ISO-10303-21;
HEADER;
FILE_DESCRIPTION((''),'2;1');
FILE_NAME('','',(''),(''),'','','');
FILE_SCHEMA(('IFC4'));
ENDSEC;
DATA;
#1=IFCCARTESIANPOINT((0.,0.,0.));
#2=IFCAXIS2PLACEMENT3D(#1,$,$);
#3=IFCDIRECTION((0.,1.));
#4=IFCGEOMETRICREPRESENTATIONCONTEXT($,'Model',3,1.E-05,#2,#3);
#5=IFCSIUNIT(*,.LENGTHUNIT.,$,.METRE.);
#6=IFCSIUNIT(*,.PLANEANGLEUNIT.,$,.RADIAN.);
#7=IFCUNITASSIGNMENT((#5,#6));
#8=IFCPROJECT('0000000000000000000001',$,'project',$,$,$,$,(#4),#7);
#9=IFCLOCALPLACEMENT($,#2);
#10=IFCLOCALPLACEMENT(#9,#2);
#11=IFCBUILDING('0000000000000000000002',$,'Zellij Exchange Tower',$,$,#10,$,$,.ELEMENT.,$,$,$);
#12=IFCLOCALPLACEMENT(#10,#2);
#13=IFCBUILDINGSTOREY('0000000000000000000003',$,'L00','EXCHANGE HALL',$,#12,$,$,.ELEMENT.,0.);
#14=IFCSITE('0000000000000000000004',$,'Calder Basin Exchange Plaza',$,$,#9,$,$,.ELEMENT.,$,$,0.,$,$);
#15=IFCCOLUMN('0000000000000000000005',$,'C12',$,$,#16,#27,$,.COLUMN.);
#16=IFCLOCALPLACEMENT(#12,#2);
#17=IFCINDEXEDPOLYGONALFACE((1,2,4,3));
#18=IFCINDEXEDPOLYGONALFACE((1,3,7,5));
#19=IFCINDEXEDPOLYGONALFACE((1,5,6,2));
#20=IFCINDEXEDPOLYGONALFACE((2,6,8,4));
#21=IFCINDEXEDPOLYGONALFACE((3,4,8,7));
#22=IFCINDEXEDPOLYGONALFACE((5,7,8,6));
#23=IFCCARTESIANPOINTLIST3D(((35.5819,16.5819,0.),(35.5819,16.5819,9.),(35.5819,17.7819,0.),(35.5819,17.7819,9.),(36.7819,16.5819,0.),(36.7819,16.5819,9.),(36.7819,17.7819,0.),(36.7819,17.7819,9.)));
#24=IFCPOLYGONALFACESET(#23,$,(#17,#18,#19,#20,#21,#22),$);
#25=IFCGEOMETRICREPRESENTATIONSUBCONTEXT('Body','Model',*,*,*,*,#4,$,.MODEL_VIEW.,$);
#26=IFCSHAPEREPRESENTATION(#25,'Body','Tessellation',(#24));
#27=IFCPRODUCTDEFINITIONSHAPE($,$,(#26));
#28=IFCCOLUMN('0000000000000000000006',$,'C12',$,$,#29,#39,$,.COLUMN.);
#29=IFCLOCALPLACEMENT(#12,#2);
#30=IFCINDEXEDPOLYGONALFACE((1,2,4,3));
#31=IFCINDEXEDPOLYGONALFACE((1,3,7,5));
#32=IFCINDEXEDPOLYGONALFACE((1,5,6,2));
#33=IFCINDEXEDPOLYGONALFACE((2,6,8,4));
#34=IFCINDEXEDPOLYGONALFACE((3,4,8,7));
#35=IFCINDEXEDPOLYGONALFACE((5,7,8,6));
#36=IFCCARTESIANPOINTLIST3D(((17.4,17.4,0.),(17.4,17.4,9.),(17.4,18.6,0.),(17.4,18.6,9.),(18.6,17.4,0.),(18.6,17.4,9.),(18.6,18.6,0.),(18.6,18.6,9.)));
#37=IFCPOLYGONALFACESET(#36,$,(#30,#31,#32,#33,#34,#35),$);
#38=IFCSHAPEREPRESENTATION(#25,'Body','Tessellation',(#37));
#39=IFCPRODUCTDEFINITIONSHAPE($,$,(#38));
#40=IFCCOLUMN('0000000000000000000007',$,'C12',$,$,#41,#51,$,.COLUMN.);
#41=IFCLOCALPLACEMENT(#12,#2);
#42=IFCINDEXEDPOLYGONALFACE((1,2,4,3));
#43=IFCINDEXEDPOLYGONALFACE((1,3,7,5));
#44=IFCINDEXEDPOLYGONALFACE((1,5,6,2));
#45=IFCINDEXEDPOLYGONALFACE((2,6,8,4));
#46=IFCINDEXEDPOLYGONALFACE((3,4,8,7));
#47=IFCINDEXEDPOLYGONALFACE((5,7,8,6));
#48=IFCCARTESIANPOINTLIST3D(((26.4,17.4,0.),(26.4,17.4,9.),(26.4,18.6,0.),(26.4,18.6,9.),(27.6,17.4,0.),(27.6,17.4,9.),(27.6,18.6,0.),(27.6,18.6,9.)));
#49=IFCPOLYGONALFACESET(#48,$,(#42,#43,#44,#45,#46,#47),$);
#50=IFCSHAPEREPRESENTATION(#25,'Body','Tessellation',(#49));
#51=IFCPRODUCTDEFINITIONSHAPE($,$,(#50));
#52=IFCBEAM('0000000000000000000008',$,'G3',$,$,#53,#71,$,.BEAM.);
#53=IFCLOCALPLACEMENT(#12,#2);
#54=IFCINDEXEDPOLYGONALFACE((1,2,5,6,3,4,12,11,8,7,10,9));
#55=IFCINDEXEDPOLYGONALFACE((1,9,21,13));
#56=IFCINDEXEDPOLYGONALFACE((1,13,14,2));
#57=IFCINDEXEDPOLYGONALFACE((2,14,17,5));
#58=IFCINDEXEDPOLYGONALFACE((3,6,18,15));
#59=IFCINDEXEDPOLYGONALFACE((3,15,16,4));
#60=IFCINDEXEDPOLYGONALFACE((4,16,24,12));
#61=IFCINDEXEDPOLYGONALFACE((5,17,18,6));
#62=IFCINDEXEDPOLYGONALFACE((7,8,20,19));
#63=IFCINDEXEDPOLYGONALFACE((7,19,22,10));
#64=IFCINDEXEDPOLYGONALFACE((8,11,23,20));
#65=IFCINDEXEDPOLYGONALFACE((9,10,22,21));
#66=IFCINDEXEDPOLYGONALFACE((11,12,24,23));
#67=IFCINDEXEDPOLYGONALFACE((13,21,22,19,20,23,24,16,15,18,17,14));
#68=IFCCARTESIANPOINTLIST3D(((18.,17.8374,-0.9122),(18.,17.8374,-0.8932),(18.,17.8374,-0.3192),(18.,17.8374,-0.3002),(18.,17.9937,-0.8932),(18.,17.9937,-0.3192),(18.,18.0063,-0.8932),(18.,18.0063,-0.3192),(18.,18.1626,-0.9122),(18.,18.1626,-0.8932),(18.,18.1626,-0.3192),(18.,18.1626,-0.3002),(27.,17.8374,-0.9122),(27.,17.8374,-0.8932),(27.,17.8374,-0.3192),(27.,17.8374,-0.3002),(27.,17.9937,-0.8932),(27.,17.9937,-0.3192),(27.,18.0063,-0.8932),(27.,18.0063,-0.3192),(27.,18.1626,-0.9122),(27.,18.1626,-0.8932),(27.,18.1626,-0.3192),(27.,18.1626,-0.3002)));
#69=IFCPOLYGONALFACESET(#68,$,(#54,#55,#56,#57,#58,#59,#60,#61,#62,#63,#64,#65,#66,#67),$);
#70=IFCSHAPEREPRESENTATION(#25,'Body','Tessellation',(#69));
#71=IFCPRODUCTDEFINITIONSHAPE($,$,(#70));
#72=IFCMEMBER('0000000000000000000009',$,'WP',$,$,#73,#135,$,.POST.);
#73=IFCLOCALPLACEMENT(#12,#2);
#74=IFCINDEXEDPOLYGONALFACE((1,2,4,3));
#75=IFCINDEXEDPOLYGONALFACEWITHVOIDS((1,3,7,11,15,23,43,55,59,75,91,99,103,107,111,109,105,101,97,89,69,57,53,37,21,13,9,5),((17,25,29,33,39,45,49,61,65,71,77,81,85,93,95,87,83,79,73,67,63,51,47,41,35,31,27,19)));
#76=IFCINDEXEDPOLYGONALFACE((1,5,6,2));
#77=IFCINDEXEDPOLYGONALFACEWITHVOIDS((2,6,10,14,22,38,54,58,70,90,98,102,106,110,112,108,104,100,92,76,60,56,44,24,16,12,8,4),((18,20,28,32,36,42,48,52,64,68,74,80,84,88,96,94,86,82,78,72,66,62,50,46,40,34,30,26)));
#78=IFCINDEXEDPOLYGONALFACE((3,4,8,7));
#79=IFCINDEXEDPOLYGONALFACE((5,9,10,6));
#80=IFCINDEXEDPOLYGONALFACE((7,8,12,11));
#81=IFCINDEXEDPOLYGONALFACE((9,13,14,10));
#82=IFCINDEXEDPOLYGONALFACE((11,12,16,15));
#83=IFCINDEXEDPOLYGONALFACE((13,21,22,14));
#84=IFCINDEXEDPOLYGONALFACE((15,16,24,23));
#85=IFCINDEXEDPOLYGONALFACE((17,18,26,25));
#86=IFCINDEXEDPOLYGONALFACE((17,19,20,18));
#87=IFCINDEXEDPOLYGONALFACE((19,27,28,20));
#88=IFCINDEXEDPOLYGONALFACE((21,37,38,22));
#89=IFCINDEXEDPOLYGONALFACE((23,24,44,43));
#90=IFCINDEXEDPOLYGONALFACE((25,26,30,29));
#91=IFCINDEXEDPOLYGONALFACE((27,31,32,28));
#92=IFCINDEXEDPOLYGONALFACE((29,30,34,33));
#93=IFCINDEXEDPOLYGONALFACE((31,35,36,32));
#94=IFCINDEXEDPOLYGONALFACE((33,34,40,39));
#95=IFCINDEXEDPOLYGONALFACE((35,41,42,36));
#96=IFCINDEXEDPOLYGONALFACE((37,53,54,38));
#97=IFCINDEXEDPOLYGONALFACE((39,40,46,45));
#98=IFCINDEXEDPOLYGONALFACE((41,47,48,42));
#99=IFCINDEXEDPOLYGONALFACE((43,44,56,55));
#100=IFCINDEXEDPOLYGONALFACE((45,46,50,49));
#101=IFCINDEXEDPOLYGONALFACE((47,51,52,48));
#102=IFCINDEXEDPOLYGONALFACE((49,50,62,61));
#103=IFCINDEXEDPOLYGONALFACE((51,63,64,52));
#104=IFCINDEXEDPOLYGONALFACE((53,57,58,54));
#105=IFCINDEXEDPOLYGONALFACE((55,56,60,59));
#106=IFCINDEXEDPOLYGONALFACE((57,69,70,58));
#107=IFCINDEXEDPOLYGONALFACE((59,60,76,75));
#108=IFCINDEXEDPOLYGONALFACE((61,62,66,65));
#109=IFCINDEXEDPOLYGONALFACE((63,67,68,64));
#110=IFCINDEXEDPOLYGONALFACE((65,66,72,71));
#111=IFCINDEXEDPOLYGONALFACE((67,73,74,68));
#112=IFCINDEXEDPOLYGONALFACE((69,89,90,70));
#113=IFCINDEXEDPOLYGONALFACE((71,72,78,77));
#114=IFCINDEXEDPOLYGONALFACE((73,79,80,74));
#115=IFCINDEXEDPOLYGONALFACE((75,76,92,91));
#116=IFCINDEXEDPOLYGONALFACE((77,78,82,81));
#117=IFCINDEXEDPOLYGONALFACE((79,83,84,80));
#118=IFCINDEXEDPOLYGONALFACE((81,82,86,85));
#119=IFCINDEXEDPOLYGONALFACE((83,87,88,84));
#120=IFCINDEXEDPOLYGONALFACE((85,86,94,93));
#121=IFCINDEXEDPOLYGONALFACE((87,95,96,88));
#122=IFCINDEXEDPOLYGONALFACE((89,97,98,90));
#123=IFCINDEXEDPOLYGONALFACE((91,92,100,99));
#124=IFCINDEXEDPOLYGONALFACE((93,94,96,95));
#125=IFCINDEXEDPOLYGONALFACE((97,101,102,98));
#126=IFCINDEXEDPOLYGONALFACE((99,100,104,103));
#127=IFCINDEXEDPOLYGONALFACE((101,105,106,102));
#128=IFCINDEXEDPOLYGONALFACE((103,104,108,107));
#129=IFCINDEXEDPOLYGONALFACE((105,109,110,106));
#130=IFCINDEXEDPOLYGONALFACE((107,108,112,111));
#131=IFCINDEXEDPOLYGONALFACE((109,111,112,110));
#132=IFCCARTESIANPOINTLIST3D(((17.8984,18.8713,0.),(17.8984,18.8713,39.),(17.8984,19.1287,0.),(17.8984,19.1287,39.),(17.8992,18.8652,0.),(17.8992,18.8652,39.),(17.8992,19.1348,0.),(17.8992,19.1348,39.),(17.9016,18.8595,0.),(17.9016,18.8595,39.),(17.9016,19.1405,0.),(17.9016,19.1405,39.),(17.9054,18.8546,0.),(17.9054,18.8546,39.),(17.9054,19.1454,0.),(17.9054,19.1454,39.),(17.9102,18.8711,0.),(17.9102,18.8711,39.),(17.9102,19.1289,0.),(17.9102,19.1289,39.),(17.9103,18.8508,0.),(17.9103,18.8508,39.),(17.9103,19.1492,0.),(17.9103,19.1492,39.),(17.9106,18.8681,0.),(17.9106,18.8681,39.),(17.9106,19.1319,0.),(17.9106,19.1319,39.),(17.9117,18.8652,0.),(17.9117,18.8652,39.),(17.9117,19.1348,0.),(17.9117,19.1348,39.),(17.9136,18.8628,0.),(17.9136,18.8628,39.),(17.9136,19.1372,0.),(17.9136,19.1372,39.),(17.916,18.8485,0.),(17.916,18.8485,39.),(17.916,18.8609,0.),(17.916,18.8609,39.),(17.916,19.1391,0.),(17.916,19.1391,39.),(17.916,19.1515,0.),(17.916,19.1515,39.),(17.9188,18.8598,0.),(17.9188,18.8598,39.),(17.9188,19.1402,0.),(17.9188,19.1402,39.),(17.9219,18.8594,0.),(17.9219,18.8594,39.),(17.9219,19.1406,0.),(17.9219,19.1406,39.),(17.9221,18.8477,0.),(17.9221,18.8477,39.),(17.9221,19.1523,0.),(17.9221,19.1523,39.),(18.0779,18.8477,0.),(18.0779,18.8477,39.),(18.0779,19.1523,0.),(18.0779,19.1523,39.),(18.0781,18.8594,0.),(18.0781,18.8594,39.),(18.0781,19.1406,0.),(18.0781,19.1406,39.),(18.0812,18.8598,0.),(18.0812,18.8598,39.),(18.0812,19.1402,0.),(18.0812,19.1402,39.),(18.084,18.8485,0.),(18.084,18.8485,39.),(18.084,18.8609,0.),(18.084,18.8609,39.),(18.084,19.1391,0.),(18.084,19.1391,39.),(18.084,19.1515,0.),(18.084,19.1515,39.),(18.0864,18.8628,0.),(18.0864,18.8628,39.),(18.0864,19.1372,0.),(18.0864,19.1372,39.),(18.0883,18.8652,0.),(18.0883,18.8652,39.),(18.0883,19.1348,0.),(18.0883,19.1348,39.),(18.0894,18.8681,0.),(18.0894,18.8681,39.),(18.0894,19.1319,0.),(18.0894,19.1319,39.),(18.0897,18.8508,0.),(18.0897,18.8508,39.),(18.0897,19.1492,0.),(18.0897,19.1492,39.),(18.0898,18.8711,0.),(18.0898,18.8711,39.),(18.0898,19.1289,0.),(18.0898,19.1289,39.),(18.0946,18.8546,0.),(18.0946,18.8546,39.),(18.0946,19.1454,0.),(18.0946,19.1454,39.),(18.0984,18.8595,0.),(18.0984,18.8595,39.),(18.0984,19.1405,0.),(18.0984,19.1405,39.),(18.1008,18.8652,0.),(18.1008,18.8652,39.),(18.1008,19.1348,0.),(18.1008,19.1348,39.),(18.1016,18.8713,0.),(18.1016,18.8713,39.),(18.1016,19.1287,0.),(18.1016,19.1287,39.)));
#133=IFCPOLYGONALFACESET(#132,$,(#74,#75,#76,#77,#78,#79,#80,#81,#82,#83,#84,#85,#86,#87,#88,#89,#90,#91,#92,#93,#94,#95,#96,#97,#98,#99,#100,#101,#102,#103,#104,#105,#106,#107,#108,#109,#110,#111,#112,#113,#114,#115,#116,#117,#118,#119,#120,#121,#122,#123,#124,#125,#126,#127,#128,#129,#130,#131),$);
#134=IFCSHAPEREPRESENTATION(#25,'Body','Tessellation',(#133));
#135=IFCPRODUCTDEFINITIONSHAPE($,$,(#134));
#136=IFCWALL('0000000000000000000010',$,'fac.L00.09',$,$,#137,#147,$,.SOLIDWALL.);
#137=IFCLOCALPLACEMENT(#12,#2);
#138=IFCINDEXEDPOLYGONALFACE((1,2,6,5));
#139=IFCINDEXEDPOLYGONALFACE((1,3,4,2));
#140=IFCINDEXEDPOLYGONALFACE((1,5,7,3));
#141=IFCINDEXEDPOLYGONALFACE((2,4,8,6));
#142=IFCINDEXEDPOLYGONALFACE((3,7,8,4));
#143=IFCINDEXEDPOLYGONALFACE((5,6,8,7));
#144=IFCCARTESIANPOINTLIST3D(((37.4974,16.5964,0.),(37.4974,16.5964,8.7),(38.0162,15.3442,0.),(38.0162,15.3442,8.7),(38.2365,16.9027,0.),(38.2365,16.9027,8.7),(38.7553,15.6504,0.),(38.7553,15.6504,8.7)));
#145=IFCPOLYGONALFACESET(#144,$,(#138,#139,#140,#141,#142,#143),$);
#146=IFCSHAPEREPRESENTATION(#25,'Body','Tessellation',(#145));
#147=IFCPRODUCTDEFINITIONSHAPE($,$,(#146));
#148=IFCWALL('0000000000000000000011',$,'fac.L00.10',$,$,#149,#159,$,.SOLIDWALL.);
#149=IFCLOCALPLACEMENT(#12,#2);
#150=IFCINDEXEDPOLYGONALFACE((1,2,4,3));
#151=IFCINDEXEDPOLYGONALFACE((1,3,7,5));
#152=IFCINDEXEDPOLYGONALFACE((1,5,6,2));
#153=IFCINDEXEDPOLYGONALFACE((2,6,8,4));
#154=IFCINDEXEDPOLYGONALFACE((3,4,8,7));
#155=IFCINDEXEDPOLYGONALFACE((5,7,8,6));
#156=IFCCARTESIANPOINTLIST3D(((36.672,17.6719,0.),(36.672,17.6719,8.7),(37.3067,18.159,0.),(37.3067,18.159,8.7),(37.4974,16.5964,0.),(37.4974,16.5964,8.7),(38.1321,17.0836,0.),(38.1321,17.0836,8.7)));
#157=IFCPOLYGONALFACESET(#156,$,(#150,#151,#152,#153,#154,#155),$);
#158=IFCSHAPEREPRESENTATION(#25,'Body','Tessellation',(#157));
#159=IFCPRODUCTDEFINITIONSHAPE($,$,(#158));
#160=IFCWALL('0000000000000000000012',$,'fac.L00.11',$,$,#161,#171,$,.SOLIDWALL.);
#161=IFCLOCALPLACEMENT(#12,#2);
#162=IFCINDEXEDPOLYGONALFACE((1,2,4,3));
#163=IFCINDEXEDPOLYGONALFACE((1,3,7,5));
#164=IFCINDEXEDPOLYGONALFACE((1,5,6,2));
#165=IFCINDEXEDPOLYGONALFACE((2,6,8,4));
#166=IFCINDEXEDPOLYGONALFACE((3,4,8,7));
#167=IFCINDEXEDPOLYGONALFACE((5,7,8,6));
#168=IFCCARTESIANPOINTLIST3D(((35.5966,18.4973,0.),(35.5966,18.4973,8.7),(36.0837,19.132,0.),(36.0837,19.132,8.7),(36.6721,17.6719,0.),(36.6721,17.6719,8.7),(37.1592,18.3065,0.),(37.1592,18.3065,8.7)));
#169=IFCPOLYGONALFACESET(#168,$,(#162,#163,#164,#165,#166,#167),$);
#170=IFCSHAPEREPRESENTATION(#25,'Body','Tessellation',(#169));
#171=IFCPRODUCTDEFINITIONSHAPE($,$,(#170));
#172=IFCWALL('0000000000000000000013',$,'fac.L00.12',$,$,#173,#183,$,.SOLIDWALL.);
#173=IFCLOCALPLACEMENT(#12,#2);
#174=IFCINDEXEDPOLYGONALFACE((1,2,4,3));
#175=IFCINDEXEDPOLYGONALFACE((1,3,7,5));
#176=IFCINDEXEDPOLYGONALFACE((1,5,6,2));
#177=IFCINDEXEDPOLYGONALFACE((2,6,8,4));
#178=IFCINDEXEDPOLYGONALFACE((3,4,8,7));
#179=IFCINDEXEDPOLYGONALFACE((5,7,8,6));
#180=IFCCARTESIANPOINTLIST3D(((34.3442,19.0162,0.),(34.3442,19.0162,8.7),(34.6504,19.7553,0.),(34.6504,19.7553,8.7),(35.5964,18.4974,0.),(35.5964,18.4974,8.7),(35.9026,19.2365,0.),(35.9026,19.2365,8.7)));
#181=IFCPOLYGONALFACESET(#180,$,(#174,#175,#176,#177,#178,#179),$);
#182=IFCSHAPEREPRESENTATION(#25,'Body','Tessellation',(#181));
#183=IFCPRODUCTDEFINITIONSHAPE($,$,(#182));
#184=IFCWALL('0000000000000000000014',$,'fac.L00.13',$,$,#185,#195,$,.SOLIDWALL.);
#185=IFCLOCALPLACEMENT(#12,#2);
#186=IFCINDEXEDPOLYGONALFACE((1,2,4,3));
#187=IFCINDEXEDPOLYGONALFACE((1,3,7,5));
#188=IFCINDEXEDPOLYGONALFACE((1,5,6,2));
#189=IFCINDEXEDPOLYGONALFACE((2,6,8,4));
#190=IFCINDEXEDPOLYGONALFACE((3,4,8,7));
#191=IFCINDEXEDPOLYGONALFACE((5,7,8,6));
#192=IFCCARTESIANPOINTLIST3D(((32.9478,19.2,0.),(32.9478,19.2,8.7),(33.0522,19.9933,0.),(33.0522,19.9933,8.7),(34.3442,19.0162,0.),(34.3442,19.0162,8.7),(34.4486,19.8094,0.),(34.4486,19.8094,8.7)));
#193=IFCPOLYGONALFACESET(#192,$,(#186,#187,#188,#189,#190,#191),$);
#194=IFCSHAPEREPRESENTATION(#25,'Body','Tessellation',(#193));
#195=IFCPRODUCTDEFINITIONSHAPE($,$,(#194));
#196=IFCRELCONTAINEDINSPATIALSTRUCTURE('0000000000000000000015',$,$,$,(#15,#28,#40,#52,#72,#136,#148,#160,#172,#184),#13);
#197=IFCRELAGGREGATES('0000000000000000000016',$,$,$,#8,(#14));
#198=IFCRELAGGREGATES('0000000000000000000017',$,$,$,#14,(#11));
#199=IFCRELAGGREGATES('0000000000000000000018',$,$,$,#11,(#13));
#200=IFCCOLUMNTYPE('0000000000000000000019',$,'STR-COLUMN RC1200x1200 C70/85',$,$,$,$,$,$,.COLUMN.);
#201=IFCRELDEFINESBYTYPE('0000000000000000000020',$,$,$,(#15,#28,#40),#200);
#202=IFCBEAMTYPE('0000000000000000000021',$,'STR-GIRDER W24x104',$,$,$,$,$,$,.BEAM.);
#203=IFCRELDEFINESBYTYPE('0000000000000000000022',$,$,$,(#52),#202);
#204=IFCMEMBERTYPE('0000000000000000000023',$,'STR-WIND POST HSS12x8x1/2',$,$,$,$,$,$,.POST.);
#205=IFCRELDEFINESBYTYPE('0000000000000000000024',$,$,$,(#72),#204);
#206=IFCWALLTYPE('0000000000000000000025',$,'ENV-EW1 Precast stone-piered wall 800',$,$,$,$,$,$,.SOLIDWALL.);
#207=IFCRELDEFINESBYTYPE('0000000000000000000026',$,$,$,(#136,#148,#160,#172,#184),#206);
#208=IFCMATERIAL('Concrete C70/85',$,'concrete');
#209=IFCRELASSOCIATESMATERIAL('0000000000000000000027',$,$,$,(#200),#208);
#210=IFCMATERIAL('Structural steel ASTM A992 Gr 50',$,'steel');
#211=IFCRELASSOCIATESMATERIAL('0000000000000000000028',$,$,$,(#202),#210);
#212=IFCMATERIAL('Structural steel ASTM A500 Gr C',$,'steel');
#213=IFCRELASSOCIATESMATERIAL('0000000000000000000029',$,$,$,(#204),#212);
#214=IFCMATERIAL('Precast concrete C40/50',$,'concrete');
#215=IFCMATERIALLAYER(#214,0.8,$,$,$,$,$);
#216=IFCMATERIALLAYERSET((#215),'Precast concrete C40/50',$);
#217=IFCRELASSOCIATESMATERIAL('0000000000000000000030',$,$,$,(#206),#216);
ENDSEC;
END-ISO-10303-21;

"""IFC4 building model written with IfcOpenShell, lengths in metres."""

from ifc_helpers import new_model, si_unit, direction, frame, frame_2d, origin, origin_2d, place, context, subcontext, project, spatial, rectangle, hollow_rectangle, i_section, extrude, material, layer, layer_set, material_profile, profile_set, type_object, element, save


model = new_model("IFC4")

# Units and contexts
model_context = context("Model", 3, precision=1e-05, world=origin(), true_north=direction((0.0, 1.0)))
body_context = subcontext(model_context, "Body", "Model", "MODEL_VIEW")
ifc_project = project(units=[si_unit("LENGTHUNIT", "METRE"), si_unit("PLANEANGLEUNIT", "RADIAN")], contexts=[model_context])

# Site, building, storey
site_placement = place(None, origin())
site = spatial("IfcSite", under=ifc_project, at=site_placement, Name="Calder Basin Exchange Plaza", CompositionType="ELEMENT", RefElevation=0.0)
building_placement = place(site_placement, origin())
building = spatial("IfcBuilding", under=site, at=building_placement, Name="Zellij Exchange Tower", CompositionType="ELEMENT")
storey_placement = place(building_placement, origin())
storey = spatial("IfcBuildingStorey", under=building, at=storey_placement, Name="L00", Description="EXCHANGE HALL", CompositionType="ELEMENT", Elevation=0.0)

# Columns
ifc_material_1 = material(Name="Concrete C70/85", Category="concrete")
ifc_material_profile_1 = material_profile(ifc_material_1, rectangle(XDim=1.2, YDim=1.2, at=origin_2d()), Name="STR-COLUMN RC1200x1200 C70/85")
ifc_profile_set_1 = profile_set([ifc_material_profile_1], Name="Concrete C70/85")
column_type = type_object("IfcColumnType", Name="STR-COLUMN RC1200x1200 C70/85", PredefinedType="COLUMN", material=ifc_profile_set_1)
for number, where, z_axis, x_axis, name in (
    (1, (36.1819, 17.1819, 0.0), (0.0, 0.0, 1.0), (1.0, 0.0, 0.0), "C12"),
    (2, (18.0, 18.0, 0.0), (0.0, 0.0, 1.0), (1.0, 0.0, 0.0), "C12"),
    (3, (27.0, 18.0, 0.0), (0.0, 0.0, 1.0), (1.0, 0.0, 0.0), "C12"),
):
    element("IfcColumn", number, at=place(storey_placement, frame(where, z_axis=z_axis, x_axis=x_axis)), inside=storey, type_object=column_type, Name=name, PredefinedType="COLUMN", context=body_context, shape_type="SweptSolid", body=[
        extrude(rectangle(XDim=1.2, YDim=1.2, at=origin_2d()), origin(), (0.0, 0.0, 1.0), 9.0),
    ])

# Beam
ifc_material_2 = material(Name="Structural steel ASTM A992 Gr 50", Category="steel")
ifc_material_profile_2 = material_profile(ifc_material_2, i_section(OverallWidth=0.3252, OverallDepth=0.6121, WebThickness=0.0127, FlangeThickness=0.019, at=origin_2d()), Name="W24x104")
ifc_profile_set_2 = profile_set([ifc_material_profile_2], Name="Structural steel ASTM A992 Gr 50")
beam_type = type_object("IfcBeamType", Name="STR-GIRDER W24x104", PredefinedType="BEAM", material=ifc_profile_set_2)
beam_placement = place(storey_placement, frame((18.0, 18.0, -0.6062), z_axis=(1.0, 0.0, 0.0), x_axis=(0.0, 1.0, 0.0)))
element("IfcBeam", 4, at=beam_placement, inside=storey, type_object=beam_type, Name="G3", PredefinedType="BEAM", context=body_context, shape_type="SweptSolid", body=[
    extrude(i_section(OverallWidth=0.3252, OverallDepth=0.6121, WebThickness=0.0127, FlangeThickness=0.019, at=origin_2d()), origin(), (0.0, 0.0, 1.0), 9.0),
])

# Member
ifc_material_3 = material(Name="Structural steel ASTM A500 Gr C", Category="steel")
ifc_material_profile_3 = material_profile(ifc_material_3, hollow_rectangle(XDim=0.2031, YDim=0.3047, WallThickness=0.0117, InnerFilletRadius=0.0117, OuterFilletRadius=0.0237, at=origin_2d()), Name="STR-WIND POST HSS12x8x1/2")
ifc_profile_set_3 = profile_set([ifc_material_profile_3], Name="Structural steel ASTM A500 Gr C")
member_type = type_object("IfcMemberType", Name="STR-WIND POST HSS12x8x1/2", PredefinedType="POST", material=ifc_profile_set_3)
member_placement = place(storey_placement, frame((18.0, 19.0, 0.0), z_axis=(0.0, 0.0, 1.0), x_axis=(1.0, 0.0, 0.0)))
element("IfcMember", 5, at=member_placement, inside=storey, type_object=member_type, Name="WP", PredefinedType="POST", context=body_context, shape_type="SweptSolid", body=[
    extrude(hollow_rectangle(XDim=0.2031, YDim=0.3047, WallThickness=0.0117, InnerFilletRadius=0.0117, OuterFilletRadius=0.0237, at=origin_2d()), origin(), (0.0, 0.0, 1.0), 39.0),
])

# Walls
ifc_material_4 = material(Name="Precast concrete C40/50", Category="concrete")
ifc_layer = layer(ifc_material_4, 0.8)
ifc_layer_set = layer_set([ifc_layer], Name="Precast concrete C40/50")
wall_type = type_object("IfcWallType", Name="ENV-EW1 Precast stone-piered wall 800", PredefinedType="SOLIDWALL", material=ifc_layer_set)
wall_1_placement = place(storey_placement, frame((38.3857, 15.4973, 0.0), z_axis=(0.0, 0.0, 1.0), x_axis=(-0.38276, 0.923848, 0.0)))
element("IfcWall", 6, at=wall_1_placement, inside=storey, type_object=wall_type, Name="fac.L00.09", PredefinedType="SOLIDWALL", context=body_context, shape_type="SweptSolid", body=[
    extrude(rectangle(XDim=1.3555, YDim=0.8, at=frame_2d((0.6777, 0.0))), origin(), (0.0, 0.0, 1.0), 8.7),
])
for number, where, z_axis, x_axis, name in (
    (7, (37.8147, 16.8401, 0.0), (0.0, 0.0, 1.0), (-0.608866, 0.793273, 0.0), "fac.L00.10"),
    (8, (36.9155, 17.9893, 0.0), (0.0, 0.0, 1.0), (-0.793273, 0.608866, 0.0), "fac.L00.11"),
):
    element("IfcWall", number, at=place(storey_placement, frame(where, z_axis=z_axis, x_axis=x_axis)), inside=storey, type_object=wall_type, Name=name, PredefinedType="SOLIDWALL", context=body_context, shape_type="SweptSolid", body=[
        extrude(rectangle(XDim=1.3557, YDim=0.8, at=frame_2d((0.6777, 0.0))), origin(), (0.0, 0.0, 1.0), 8.7),
    ])
wall_2_placement = place(storey_placement, frame((35.7495, 18.8669, 0.0), z_axis=(0.0, 0.0, 1.0), x_axis=(-0.923848, 0.38276, 0.0)))
element("IfcWall", 9, at=wall_2_placement, inside=storey, type_object=wall_type, Name="fac.L00.12", PredefinedType="SOLIDWALL", context=body_context, shape_type="SweptSolid", body=[
    extrude(rectangle(XDim=1.3555, YDim=0.8, at=frame_2d((0.6777, 0.0))), origin(), (0.0, 0.0, 1.0), 8.7),
])
wall_3_placement = place(storey_placement, frame((34.3962, 19.4128, 0.0), z_axis=(0.0, 0.0, 1.0), x_axis=(-0.991446, 0.130517, 0.0)))
element("IfcWall", 10, at=wall_3_placement, inside=storey, type_object=wall_type, Name="fac.L00.13", PredefinedType="SOLIDWALL", context=body_context, shape_type="SweptSolid", body=[
    extrude(rectangle(XDim=1.4084, YDim=0.8, at=frame_2d((0.7041, 0.0))), origin(), (0.0, 0.0, 1.0), 8.7),
])

save(model, "model.ifc")
